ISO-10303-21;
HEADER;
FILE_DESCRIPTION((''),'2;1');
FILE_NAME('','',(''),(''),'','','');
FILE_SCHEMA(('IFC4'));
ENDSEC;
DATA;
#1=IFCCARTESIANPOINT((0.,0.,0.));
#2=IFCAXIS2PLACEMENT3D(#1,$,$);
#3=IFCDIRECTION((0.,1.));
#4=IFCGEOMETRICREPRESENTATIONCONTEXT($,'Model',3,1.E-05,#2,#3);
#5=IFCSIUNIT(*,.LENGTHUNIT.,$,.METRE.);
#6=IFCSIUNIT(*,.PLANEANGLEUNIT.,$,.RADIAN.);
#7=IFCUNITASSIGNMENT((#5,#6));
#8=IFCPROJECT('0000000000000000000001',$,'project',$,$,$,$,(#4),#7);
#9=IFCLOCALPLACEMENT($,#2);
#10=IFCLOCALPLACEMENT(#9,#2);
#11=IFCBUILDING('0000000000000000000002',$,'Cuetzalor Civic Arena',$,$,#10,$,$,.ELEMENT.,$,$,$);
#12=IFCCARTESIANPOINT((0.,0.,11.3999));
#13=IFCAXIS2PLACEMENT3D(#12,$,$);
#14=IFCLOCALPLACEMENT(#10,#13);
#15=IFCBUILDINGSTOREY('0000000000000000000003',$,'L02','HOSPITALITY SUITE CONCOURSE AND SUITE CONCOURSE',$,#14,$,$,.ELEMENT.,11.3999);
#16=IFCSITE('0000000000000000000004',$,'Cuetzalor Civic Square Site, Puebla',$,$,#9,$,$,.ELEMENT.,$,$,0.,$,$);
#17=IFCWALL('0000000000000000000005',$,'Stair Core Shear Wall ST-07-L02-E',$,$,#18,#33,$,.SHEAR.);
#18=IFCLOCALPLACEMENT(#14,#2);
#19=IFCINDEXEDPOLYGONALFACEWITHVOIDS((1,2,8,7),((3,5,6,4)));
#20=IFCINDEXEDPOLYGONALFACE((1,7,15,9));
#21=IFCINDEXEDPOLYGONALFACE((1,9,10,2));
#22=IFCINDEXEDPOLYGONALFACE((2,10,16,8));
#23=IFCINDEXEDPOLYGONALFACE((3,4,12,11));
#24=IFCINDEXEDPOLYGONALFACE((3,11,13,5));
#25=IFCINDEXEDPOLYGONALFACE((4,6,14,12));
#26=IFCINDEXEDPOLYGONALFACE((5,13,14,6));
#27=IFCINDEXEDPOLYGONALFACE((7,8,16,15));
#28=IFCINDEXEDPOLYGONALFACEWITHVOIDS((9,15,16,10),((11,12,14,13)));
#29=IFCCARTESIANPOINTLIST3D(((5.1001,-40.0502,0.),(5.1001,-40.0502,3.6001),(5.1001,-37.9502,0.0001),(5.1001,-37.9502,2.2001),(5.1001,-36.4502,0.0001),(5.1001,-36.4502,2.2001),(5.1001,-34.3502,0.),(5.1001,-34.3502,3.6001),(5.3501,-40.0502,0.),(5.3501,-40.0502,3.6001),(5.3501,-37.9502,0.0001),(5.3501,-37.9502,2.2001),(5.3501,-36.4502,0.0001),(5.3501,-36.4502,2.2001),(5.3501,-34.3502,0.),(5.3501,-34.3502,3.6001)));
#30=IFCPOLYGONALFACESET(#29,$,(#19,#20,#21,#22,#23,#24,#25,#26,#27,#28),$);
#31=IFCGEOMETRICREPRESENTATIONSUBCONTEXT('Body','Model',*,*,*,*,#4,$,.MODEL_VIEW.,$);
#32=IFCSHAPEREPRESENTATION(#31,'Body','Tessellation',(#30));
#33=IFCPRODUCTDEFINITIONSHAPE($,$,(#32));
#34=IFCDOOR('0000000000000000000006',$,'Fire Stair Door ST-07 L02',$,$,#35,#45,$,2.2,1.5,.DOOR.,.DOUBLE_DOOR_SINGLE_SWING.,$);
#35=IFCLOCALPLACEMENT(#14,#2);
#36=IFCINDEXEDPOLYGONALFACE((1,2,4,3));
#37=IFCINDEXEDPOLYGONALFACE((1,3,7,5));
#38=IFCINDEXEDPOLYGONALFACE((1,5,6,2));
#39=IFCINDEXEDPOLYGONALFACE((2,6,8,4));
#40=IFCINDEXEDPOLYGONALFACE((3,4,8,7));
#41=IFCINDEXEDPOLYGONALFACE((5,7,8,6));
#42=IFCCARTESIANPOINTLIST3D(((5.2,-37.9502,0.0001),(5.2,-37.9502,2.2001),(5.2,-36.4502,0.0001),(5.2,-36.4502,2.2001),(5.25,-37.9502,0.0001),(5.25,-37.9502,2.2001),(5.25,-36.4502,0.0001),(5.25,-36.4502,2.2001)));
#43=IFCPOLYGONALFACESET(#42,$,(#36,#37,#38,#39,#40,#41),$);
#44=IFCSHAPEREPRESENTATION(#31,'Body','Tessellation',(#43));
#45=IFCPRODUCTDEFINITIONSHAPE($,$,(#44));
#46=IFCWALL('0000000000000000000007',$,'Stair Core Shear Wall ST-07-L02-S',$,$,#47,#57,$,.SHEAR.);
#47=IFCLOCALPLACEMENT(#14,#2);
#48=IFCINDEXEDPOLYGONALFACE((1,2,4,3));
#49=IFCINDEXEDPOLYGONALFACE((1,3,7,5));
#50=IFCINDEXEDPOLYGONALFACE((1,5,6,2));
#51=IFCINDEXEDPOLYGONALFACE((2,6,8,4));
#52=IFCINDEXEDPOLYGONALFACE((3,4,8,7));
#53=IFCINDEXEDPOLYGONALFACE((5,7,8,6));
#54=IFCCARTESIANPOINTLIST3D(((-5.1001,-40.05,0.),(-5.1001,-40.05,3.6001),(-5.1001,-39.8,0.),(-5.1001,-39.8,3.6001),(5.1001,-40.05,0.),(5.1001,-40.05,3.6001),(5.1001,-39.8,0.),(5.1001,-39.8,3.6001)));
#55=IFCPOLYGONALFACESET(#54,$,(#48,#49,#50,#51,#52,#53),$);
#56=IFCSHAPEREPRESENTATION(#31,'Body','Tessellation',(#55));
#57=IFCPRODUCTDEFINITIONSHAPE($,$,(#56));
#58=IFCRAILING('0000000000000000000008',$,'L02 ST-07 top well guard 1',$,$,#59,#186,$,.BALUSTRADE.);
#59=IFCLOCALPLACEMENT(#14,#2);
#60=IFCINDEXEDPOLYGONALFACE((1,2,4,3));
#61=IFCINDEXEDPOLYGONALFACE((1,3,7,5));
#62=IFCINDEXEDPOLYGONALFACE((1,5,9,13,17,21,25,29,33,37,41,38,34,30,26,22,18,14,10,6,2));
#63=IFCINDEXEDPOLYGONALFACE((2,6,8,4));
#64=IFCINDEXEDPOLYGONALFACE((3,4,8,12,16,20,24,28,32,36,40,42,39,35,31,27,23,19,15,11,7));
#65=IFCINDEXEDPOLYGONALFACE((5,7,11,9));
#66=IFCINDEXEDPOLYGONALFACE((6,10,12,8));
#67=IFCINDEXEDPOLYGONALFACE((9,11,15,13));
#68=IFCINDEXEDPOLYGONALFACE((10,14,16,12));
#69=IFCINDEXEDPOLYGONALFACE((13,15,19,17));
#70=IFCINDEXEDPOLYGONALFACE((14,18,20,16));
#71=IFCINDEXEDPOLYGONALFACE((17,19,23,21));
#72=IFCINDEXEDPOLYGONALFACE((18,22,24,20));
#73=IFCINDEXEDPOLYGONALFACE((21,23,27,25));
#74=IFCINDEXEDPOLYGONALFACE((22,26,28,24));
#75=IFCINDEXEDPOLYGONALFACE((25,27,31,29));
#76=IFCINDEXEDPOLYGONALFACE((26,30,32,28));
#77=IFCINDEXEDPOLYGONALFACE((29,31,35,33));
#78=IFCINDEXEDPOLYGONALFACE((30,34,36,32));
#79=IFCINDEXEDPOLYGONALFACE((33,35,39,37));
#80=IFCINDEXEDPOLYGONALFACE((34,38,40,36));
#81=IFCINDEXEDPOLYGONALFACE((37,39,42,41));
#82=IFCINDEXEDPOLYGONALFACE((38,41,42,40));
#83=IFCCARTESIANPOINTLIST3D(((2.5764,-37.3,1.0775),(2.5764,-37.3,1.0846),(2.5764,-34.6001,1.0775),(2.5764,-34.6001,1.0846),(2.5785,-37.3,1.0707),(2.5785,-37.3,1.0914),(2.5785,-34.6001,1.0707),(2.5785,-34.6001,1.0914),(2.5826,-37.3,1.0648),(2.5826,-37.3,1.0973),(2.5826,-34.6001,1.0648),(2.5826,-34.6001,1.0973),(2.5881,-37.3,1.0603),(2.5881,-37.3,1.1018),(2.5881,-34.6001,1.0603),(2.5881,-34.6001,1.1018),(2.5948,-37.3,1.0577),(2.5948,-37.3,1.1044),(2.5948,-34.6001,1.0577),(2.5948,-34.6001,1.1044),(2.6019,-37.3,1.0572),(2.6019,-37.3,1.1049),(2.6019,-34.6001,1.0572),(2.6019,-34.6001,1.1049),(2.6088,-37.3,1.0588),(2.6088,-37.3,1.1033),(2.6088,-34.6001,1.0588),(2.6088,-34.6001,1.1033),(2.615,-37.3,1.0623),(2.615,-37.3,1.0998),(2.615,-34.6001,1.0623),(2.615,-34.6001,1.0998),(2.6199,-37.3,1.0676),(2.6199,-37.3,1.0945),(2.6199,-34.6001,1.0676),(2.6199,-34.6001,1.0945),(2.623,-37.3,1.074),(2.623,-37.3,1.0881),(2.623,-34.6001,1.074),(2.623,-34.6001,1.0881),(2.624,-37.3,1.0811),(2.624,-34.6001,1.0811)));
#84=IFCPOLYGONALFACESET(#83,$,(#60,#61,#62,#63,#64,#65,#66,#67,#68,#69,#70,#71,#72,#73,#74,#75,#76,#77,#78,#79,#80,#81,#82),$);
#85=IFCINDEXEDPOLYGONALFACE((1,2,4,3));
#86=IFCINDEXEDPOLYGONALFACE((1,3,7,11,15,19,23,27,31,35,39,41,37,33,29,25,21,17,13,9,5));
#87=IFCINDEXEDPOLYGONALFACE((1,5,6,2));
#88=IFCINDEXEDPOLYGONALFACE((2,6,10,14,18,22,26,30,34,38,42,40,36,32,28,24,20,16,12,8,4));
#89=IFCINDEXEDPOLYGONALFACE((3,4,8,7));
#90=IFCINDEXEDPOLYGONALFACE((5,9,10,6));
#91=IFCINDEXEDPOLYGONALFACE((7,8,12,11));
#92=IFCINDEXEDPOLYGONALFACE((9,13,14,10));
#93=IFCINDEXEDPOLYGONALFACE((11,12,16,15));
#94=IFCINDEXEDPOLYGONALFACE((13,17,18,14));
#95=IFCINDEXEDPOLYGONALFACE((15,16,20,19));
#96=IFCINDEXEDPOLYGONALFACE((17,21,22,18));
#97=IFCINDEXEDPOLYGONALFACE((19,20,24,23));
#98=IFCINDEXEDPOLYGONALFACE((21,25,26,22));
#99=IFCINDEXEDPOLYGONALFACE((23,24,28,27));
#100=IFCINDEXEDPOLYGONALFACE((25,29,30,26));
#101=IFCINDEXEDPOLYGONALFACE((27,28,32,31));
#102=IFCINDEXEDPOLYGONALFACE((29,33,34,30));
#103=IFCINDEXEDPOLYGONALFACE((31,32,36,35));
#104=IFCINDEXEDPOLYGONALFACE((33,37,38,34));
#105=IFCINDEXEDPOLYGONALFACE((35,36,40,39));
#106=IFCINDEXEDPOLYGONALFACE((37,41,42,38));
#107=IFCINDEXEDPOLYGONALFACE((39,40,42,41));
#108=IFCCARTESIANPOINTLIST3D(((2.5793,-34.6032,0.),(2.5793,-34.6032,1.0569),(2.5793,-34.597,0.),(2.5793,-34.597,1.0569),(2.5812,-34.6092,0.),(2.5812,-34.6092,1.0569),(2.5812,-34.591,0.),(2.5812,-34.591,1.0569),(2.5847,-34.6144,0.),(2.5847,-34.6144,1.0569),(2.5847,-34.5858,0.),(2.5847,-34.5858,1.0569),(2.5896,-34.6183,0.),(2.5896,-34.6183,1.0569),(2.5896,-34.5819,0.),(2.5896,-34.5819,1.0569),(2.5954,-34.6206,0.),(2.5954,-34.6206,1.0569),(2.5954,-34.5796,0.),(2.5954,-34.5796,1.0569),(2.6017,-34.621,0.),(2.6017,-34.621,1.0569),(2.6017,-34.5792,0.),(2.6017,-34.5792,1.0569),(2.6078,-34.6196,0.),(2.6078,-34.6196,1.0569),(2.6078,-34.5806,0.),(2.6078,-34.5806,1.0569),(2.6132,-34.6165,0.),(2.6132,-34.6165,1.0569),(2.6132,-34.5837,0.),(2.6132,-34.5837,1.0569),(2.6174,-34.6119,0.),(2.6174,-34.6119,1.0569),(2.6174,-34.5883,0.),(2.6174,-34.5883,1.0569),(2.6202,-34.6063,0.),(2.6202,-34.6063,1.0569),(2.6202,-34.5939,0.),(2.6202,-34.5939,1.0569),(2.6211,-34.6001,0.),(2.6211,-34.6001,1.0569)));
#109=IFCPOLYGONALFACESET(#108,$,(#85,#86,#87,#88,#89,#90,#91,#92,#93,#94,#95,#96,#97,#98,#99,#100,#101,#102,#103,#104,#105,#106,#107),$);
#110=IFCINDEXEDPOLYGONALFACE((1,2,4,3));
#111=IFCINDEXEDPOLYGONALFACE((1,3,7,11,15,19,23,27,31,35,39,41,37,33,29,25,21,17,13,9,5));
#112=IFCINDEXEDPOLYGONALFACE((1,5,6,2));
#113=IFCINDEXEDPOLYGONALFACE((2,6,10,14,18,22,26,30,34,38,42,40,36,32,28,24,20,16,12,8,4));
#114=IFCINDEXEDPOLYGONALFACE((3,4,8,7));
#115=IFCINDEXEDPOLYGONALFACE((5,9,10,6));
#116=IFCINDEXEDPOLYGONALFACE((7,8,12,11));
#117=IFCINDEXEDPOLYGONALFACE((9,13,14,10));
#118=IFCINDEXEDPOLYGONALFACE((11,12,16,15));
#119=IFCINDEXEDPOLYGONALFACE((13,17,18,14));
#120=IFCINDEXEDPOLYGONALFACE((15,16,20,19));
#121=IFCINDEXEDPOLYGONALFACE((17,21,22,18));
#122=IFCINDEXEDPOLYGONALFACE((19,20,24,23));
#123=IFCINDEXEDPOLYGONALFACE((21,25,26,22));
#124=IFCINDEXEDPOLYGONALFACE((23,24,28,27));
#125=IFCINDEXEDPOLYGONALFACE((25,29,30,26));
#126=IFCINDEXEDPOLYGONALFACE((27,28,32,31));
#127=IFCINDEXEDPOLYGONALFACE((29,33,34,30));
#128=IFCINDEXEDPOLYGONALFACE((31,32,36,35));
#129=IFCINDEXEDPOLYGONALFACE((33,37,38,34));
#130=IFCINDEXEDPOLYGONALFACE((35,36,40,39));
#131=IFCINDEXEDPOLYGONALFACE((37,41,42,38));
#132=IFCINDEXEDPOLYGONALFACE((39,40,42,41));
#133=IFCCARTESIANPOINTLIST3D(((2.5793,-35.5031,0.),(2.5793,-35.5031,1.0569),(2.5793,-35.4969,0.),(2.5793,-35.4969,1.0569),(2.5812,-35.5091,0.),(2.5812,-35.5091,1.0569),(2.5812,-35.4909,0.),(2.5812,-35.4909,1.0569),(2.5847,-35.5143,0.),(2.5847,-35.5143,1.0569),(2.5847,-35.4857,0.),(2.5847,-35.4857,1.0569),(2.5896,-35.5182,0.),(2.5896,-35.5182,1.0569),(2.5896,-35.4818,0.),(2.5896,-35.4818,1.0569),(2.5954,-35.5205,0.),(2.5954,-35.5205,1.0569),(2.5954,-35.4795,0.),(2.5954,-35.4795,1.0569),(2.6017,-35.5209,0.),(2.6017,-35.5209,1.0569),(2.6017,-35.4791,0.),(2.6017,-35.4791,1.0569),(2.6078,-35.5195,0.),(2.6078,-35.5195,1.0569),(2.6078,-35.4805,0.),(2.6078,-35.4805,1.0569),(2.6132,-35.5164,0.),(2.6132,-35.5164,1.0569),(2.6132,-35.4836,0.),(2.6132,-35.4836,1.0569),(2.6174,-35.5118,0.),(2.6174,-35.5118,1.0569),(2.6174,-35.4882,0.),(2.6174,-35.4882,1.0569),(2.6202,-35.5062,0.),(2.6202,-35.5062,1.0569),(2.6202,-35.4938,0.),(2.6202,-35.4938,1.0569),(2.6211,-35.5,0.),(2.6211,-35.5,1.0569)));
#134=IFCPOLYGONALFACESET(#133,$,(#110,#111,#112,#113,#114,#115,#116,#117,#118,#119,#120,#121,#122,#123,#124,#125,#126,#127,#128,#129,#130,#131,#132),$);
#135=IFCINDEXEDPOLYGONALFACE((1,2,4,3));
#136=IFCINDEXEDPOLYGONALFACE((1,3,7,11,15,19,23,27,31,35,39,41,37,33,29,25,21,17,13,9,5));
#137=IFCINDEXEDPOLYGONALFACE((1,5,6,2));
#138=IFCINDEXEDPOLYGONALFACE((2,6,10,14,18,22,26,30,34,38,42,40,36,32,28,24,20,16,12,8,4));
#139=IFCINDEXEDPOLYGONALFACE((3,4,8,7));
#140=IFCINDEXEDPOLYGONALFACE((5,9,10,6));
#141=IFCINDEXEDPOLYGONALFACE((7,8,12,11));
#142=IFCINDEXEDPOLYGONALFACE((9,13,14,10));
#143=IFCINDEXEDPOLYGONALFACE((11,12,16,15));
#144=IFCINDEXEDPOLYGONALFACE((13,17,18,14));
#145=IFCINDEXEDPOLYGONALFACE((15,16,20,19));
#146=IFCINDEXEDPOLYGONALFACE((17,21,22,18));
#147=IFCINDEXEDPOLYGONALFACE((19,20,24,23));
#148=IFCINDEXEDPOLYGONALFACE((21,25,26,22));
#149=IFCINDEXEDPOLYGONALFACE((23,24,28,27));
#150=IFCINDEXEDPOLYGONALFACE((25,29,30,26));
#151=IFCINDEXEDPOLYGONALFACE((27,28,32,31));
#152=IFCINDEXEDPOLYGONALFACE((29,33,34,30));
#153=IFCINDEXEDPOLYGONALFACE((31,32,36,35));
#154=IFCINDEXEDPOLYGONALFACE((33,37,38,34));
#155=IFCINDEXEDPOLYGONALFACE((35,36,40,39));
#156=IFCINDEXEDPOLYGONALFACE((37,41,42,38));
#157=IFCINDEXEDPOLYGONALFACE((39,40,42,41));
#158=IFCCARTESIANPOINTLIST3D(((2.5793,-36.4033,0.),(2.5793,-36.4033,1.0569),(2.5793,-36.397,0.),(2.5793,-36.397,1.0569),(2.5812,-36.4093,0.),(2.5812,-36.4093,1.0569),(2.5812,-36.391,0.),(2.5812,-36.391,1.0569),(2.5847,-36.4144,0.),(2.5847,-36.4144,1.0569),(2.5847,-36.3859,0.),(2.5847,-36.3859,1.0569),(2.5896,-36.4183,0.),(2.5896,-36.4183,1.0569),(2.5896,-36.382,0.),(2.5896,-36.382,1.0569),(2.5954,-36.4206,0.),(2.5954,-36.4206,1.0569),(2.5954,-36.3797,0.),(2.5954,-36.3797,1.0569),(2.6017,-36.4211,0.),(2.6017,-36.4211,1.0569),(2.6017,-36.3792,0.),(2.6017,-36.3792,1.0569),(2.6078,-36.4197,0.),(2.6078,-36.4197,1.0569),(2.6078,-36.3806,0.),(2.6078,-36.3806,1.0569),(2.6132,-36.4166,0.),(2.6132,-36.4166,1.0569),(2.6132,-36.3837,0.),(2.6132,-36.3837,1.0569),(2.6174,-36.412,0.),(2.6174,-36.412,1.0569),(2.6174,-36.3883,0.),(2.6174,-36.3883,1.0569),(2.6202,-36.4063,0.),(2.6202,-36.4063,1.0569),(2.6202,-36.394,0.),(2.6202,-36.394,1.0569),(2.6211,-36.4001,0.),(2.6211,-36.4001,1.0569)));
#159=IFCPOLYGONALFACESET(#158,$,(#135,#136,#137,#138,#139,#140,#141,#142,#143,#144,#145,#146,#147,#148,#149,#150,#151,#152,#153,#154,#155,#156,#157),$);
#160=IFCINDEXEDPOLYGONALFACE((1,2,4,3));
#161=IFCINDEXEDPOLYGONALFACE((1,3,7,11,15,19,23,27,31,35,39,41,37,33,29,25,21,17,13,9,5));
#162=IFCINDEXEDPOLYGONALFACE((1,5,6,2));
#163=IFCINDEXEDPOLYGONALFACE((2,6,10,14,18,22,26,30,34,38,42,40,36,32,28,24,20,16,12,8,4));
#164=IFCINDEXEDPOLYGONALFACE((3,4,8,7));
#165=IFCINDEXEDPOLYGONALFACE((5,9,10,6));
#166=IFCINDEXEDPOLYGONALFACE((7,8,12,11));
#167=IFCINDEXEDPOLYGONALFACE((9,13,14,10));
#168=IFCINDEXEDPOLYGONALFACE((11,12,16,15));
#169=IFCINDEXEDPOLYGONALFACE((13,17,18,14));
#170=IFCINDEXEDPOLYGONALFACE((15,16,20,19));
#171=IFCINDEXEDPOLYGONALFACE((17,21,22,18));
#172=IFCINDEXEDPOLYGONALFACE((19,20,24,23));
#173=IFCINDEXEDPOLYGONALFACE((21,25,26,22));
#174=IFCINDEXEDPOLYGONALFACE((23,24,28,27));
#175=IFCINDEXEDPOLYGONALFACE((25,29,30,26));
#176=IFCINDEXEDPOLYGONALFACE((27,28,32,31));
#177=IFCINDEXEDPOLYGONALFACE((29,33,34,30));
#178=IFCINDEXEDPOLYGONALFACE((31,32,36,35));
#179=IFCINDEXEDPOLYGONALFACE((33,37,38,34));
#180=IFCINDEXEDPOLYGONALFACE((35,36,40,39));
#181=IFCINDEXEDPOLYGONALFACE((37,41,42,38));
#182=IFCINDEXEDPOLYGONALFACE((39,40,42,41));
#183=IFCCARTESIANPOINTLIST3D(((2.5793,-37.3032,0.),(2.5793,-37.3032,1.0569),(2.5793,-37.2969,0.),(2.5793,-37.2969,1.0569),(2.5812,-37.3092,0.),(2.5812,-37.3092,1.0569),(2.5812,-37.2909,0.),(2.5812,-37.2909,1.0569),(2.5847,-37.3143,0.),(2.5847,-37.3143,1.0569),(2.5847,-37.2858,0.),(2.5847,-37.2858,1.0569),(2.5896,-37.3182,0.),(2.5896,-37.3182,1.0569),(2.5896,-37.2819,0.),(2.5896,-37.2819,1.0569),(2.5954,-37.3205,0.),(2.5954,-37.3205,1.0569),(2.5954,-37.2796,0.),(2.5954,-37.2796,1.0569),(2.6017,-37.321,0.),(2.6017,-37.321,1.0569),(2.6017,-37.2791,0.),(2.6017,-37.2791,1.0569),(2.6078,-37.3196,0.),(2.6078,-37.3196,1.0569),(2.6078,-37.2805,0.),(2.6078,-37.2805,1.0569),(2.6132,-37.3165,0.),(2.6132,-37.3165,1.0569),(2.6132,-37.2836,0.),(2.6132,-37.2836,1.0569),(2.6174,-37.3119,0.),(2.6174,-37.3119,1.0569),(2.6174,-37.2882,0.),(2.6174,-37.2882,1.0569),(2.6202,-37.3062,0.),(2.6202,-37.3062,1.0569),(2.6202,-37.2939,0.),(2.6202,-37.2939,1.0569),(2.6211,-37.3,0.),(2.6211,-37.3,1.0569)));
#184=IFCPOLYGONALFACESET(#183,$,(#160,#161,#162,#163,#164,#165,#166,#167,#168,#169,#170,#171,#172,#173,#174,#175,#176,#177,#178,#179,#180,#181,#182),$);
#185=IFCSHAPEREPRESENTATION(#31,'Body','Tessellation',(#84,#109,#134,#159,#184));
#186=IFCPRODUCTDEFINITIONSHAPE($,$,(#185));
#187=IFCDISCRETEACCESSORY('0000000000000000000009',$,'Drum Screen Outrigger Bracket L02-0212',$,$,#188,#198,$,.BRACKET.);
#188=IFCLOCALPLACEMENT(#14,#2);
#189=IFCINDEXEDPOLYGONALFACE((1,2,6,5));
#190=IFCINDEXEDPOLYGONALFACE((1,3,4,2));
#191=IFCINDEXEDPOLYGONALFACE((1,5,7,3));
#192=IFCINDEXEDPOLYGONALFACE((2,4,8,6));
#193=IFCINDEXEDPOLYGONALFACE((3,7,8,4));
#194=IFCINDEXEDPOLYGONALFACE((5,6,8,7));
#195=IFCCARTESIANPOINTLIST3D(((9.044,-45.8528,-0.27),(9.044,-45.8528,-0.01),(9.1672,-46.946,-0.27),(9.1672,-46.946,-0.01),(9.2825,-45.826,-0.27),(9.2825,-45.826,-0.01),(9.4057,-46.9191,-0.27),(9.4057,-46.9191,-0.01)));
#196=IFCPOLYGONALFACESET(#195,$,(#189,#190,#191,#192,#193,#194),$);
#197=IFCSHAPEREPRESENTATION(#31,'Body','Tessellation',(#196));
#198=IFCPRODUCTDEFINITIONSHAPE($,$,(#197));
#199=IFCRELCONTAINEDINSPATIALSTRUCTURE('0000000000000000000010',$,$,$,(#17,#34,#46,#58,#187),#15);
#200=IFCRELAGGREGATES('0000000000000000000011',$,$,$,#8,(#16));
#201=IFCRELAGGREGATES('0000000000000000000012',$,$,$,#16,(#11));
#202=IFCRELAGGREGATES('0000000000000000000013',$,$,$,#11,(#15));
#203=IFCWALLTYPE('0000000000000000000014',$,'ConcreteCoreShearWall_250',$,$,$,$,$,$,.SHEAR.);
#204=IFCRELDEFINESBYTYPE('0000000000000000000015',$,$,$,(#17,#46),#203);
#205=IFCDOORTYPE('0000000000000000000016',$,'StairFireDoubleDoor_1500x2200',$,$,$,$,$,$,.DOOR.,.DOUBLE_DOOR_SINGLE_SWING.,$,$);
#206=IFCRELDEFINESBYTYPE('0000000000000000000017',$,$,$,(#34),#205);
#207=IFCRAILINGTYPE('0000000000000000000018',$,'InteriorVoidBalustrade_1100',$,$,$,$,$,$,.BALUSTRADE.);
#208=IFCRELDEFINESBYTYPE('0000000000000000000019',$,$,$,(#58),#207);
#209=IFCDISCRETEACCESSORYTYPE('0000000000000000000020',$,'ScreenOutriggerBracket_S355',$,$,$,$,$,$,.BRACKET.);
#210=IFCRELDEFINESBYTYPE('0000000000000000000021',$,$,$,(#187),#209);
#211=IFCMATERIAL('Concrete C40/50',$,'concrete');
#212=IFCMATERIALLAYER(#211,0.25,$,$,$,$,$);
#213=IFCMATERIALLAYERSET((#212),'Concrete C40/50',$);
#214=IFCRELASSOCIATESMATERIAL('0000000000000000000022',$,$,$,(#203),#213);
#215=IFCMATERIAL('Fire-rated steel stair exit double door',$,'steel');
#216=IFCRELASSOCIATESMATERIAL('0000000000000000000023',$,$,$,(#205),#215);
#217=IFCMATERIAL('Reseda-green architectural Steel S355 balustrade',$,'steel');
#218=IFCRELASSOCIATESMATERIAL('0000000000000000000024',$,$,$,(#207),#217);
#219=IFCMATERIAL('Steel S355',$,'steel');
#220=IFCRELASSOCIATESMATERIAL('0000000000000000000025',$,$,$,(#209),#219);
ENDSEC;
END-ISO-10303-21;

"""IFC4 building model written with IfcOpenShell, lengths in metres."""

from ifc_helpers import new_model, si_unit, direction, frame, frame_2d, origin, origin_2d, place, context, subcontext, project, spatial, rectangle, circle, extrude, material, layer, layer_set, type_object, element, fill, save


model = new_model("IFC4")

# Units and contexts
model_context = context("Model", 3, precision=1e-05, world=origin(), true_north=direction((0.0, 1.0)))
body_context = subcontext(model_context, "Body", "Model", "MODEL_VIEW")
ifc_project = project(units=[si_unit("LENGTHUNIT", "METRE"), si_unit("PLANEANGLEUNIT", "RADIAN")], contexts=[model_context])

# Site, building, storey
site_placement = place(None, origin())
site = spatial("IfcSite", under=ifc_project, at=site_placement, Name="Cuetzalor Civic Square Site, Puebla", CompositionType="ELEMENT", RefElevation=0.0)
building_placement = place(site_placement, origin())
building = spatial("IfcBuilding", under=site, at=building_placement, Name="Cuetzalor Civic Arena", CompositionType="ELEMENT")
storey_placement = place(building_placement, frame((0.0, 0.0, 11.3999)))
storey = spatial("IfcBuildingStorey", under=building, at=storey_placement, Name="L02", Description="HOSPITALITY SUITE CONCOURSE AND SUITE CONCOURSE", CompositionType="ELEMENT", Elevation=11.3999)

# Wall, opening, door
ifc_material_1 = material(Name="Concrete C40/50", Category="concrete")
ifc_layer = layer(ifc_material_1, 0.25)
ifc_layer_set = layer_set([ifc_layer], Name="Concrete C40/50")
wall_type = type_object("IfcWallType", Name="ConcreteCoreShearWall_250", PredefinedType="SHEAR", material=ifc_layer_set)
wall_1_placement = place(storey_placement, frame((5.2251, -34.3501, 0.0), z_axis=(0.0, 0.0, 1.0), x_axis=(0.0, -1.0, 0.0)))
wall_1 = element("IfcWall", 1, at=wall_1_placement, inside=storey, type_object=wall_type, Name="Stair Core Shear Wall ST-07-L02-E", PredefinedType="SHEAR", context=body_context, shape_type="SweptSolid", body=[
    extrude(rectangle(XDim=5.7, YDim=0.25, at=frame_2d((2.8501, 0.0))), origin(), (0.0, 0.0, 1.0), 3.6001),
])
opening_placement = place(wall_1_placement, frame((2.1001, 0.0, 0.0)))
opening = element("IfcOpeningElement", 2, at=opening_placement, cuts=wall_1, PredefinedType="OPENING", context=body_context, shape_type="SweptSolid", body=[
    extrude(rectangle(XDim=1.5, YDim=2.2, at=frame_2d((0.75, 1.1001))), frame((0.0, 0.135, 0.0), z_axis=(0.0, -1.0, 0.0), x_axis=(1.0, 0.0, 0.0)), (0.0, 0.0, 1.0), 0.27),
])
ifc_material_2 = material(Name="Fire-rated steel stair exit double door", Category="steel")
door_type = type_object("IfcDoorType", Name="StairFireDoubleDoor_1500x2200", OperationType="DOUBLE_DOOR_SINGLE_SWING", PredefinedType="DOOR", material=ifc_material_2)
door_placement = place(opening_placement, origin())
door = element("IfcDoor", 3, at=door_placement, inside=storey, type_object=door_type, Name="Fire Stair Door ST-07 L02", OperationType="DOUBLE_DOOR_SINGLE_SWING", OverallHeight=2.2, OverallWidth=1.5, PredefinedType="DOOR", context=body_context, shape_type="SweptSolid", body=[
    extrude(rectangle(XDim=1.5, YDim=2.2, at=frame_2d((0.75, 1.1001))), frame((0.0, 0.0249, 0.0), z_axis=(0.0, -1.0, 0.0), x_axis=(1.0, 0.0, 0.0)), (0.0, 0.0, 1.0), 0.05),
])
fill(opening, door)

# Wall
wall_2_placement = place(storey_placement, frame((5.1001, -39.925, 0.0), z_axis=(0.0, 0.0, 1.0), x_axis=(-1.0, 0.0, 0.0)))
element("IfcWall", 4, at=wall_2_placement, inside=storey, type_object=wall_type, Name="Stair Core Shear Wall ST-07-L02-S", PredefinedType="SHEAR", context=body_context, shape_type="SweptSolid", body=[
    extrude(rectangle(XDim=10.2002, YDim=0.25, at=frame_2d((5.1001, 0.0))), origin(), (0.0, 0.0, 1.0), 3.6001),
])

# Railing
ifc_material_3 = material(Name="Reseda-green architectural Steel S355 balustrade", Category="steel")
railing_type_1 = type_object("IfcRailingType", Name="InteriorVoidBalustrade_1100", PredefinedType="BALUSTRADE", material=ifc_material_3)
railing_1_placement = place(storey_placement, frame((2.6001, -34.6001, 0.0)))
element("IfcRailing", 5, at=railing_1_placement, inside=storey, type_object=railing_type_1, Name="L02 ST-07 top well guard 1", PredefinedType="BALUSTRADE", context=body_context, shape_type="SweptSolid", body=[
    extrude(circle(Radius=0.0239, at=origin_2d()), frame((0.0, 0.0, 1.0811), z_axis=(0.0, -1.0, 0.0), x_axis=(1.0, 0.0, 0.0)), (0.0, 0.0, 1.0), 2.7),
    extrude(circle(Radius=0.021, at=origin_2d()), origin(), (0.0, 0.0, 1.0), 1.0569),
    extrude(circle(Radius=0.021, at=origin_2d()), frame((0.0, -0.8999, 0.0)), (0.0, 0.0, 1.0), 1.0569),
    extrude(circle(Radius=0.021, at=origin_2d()), frame((0.0, -1.8, 0.0)), (0.0, 0.0, 1.0), 1.0569),
    extrude(circle(Radius=0.021, at=origin_2d()), frame((0.0, -2.7, 0.0)), (0.0, 0.0, 1.0), 1.0569),
])

# Discrete accessory
ifc_material_4 = material(Name="Steel S355", Category="steel")
discrete_accessory_type = type_object("IfcDiscreteAccessoryType", Name="ScreenOutriggerBracket_S355", PredefinedType="BRACKET", material=ifc_material_4)
for number, where, z_axis, x_axis, name in (
    (6, (9.2249, -46.386, -0.27), (0.0, 0.0, 1.0), (0.111989, -0.993709, 0.0), "Drum Screen Outrigger Bracket L02-0212"),
):
    element("IfcDiscreteAccessory", number, at=place(storey_placement, frame(where, z_axis=z_axis, x_axis=x_axis)), inside=storey, type_object=discrete_accessory_type, Name=name, PredefinedType="BRACKET", context=body_context, shape_type="SweptSolid", body=[
        extrude(rectangle(XDim=1.1001, YDim=0.24, at=origin_2d()), origin(), (0.0, 0.0, 1.0), 0.26),
    ])

save(model, "model.ifc")
